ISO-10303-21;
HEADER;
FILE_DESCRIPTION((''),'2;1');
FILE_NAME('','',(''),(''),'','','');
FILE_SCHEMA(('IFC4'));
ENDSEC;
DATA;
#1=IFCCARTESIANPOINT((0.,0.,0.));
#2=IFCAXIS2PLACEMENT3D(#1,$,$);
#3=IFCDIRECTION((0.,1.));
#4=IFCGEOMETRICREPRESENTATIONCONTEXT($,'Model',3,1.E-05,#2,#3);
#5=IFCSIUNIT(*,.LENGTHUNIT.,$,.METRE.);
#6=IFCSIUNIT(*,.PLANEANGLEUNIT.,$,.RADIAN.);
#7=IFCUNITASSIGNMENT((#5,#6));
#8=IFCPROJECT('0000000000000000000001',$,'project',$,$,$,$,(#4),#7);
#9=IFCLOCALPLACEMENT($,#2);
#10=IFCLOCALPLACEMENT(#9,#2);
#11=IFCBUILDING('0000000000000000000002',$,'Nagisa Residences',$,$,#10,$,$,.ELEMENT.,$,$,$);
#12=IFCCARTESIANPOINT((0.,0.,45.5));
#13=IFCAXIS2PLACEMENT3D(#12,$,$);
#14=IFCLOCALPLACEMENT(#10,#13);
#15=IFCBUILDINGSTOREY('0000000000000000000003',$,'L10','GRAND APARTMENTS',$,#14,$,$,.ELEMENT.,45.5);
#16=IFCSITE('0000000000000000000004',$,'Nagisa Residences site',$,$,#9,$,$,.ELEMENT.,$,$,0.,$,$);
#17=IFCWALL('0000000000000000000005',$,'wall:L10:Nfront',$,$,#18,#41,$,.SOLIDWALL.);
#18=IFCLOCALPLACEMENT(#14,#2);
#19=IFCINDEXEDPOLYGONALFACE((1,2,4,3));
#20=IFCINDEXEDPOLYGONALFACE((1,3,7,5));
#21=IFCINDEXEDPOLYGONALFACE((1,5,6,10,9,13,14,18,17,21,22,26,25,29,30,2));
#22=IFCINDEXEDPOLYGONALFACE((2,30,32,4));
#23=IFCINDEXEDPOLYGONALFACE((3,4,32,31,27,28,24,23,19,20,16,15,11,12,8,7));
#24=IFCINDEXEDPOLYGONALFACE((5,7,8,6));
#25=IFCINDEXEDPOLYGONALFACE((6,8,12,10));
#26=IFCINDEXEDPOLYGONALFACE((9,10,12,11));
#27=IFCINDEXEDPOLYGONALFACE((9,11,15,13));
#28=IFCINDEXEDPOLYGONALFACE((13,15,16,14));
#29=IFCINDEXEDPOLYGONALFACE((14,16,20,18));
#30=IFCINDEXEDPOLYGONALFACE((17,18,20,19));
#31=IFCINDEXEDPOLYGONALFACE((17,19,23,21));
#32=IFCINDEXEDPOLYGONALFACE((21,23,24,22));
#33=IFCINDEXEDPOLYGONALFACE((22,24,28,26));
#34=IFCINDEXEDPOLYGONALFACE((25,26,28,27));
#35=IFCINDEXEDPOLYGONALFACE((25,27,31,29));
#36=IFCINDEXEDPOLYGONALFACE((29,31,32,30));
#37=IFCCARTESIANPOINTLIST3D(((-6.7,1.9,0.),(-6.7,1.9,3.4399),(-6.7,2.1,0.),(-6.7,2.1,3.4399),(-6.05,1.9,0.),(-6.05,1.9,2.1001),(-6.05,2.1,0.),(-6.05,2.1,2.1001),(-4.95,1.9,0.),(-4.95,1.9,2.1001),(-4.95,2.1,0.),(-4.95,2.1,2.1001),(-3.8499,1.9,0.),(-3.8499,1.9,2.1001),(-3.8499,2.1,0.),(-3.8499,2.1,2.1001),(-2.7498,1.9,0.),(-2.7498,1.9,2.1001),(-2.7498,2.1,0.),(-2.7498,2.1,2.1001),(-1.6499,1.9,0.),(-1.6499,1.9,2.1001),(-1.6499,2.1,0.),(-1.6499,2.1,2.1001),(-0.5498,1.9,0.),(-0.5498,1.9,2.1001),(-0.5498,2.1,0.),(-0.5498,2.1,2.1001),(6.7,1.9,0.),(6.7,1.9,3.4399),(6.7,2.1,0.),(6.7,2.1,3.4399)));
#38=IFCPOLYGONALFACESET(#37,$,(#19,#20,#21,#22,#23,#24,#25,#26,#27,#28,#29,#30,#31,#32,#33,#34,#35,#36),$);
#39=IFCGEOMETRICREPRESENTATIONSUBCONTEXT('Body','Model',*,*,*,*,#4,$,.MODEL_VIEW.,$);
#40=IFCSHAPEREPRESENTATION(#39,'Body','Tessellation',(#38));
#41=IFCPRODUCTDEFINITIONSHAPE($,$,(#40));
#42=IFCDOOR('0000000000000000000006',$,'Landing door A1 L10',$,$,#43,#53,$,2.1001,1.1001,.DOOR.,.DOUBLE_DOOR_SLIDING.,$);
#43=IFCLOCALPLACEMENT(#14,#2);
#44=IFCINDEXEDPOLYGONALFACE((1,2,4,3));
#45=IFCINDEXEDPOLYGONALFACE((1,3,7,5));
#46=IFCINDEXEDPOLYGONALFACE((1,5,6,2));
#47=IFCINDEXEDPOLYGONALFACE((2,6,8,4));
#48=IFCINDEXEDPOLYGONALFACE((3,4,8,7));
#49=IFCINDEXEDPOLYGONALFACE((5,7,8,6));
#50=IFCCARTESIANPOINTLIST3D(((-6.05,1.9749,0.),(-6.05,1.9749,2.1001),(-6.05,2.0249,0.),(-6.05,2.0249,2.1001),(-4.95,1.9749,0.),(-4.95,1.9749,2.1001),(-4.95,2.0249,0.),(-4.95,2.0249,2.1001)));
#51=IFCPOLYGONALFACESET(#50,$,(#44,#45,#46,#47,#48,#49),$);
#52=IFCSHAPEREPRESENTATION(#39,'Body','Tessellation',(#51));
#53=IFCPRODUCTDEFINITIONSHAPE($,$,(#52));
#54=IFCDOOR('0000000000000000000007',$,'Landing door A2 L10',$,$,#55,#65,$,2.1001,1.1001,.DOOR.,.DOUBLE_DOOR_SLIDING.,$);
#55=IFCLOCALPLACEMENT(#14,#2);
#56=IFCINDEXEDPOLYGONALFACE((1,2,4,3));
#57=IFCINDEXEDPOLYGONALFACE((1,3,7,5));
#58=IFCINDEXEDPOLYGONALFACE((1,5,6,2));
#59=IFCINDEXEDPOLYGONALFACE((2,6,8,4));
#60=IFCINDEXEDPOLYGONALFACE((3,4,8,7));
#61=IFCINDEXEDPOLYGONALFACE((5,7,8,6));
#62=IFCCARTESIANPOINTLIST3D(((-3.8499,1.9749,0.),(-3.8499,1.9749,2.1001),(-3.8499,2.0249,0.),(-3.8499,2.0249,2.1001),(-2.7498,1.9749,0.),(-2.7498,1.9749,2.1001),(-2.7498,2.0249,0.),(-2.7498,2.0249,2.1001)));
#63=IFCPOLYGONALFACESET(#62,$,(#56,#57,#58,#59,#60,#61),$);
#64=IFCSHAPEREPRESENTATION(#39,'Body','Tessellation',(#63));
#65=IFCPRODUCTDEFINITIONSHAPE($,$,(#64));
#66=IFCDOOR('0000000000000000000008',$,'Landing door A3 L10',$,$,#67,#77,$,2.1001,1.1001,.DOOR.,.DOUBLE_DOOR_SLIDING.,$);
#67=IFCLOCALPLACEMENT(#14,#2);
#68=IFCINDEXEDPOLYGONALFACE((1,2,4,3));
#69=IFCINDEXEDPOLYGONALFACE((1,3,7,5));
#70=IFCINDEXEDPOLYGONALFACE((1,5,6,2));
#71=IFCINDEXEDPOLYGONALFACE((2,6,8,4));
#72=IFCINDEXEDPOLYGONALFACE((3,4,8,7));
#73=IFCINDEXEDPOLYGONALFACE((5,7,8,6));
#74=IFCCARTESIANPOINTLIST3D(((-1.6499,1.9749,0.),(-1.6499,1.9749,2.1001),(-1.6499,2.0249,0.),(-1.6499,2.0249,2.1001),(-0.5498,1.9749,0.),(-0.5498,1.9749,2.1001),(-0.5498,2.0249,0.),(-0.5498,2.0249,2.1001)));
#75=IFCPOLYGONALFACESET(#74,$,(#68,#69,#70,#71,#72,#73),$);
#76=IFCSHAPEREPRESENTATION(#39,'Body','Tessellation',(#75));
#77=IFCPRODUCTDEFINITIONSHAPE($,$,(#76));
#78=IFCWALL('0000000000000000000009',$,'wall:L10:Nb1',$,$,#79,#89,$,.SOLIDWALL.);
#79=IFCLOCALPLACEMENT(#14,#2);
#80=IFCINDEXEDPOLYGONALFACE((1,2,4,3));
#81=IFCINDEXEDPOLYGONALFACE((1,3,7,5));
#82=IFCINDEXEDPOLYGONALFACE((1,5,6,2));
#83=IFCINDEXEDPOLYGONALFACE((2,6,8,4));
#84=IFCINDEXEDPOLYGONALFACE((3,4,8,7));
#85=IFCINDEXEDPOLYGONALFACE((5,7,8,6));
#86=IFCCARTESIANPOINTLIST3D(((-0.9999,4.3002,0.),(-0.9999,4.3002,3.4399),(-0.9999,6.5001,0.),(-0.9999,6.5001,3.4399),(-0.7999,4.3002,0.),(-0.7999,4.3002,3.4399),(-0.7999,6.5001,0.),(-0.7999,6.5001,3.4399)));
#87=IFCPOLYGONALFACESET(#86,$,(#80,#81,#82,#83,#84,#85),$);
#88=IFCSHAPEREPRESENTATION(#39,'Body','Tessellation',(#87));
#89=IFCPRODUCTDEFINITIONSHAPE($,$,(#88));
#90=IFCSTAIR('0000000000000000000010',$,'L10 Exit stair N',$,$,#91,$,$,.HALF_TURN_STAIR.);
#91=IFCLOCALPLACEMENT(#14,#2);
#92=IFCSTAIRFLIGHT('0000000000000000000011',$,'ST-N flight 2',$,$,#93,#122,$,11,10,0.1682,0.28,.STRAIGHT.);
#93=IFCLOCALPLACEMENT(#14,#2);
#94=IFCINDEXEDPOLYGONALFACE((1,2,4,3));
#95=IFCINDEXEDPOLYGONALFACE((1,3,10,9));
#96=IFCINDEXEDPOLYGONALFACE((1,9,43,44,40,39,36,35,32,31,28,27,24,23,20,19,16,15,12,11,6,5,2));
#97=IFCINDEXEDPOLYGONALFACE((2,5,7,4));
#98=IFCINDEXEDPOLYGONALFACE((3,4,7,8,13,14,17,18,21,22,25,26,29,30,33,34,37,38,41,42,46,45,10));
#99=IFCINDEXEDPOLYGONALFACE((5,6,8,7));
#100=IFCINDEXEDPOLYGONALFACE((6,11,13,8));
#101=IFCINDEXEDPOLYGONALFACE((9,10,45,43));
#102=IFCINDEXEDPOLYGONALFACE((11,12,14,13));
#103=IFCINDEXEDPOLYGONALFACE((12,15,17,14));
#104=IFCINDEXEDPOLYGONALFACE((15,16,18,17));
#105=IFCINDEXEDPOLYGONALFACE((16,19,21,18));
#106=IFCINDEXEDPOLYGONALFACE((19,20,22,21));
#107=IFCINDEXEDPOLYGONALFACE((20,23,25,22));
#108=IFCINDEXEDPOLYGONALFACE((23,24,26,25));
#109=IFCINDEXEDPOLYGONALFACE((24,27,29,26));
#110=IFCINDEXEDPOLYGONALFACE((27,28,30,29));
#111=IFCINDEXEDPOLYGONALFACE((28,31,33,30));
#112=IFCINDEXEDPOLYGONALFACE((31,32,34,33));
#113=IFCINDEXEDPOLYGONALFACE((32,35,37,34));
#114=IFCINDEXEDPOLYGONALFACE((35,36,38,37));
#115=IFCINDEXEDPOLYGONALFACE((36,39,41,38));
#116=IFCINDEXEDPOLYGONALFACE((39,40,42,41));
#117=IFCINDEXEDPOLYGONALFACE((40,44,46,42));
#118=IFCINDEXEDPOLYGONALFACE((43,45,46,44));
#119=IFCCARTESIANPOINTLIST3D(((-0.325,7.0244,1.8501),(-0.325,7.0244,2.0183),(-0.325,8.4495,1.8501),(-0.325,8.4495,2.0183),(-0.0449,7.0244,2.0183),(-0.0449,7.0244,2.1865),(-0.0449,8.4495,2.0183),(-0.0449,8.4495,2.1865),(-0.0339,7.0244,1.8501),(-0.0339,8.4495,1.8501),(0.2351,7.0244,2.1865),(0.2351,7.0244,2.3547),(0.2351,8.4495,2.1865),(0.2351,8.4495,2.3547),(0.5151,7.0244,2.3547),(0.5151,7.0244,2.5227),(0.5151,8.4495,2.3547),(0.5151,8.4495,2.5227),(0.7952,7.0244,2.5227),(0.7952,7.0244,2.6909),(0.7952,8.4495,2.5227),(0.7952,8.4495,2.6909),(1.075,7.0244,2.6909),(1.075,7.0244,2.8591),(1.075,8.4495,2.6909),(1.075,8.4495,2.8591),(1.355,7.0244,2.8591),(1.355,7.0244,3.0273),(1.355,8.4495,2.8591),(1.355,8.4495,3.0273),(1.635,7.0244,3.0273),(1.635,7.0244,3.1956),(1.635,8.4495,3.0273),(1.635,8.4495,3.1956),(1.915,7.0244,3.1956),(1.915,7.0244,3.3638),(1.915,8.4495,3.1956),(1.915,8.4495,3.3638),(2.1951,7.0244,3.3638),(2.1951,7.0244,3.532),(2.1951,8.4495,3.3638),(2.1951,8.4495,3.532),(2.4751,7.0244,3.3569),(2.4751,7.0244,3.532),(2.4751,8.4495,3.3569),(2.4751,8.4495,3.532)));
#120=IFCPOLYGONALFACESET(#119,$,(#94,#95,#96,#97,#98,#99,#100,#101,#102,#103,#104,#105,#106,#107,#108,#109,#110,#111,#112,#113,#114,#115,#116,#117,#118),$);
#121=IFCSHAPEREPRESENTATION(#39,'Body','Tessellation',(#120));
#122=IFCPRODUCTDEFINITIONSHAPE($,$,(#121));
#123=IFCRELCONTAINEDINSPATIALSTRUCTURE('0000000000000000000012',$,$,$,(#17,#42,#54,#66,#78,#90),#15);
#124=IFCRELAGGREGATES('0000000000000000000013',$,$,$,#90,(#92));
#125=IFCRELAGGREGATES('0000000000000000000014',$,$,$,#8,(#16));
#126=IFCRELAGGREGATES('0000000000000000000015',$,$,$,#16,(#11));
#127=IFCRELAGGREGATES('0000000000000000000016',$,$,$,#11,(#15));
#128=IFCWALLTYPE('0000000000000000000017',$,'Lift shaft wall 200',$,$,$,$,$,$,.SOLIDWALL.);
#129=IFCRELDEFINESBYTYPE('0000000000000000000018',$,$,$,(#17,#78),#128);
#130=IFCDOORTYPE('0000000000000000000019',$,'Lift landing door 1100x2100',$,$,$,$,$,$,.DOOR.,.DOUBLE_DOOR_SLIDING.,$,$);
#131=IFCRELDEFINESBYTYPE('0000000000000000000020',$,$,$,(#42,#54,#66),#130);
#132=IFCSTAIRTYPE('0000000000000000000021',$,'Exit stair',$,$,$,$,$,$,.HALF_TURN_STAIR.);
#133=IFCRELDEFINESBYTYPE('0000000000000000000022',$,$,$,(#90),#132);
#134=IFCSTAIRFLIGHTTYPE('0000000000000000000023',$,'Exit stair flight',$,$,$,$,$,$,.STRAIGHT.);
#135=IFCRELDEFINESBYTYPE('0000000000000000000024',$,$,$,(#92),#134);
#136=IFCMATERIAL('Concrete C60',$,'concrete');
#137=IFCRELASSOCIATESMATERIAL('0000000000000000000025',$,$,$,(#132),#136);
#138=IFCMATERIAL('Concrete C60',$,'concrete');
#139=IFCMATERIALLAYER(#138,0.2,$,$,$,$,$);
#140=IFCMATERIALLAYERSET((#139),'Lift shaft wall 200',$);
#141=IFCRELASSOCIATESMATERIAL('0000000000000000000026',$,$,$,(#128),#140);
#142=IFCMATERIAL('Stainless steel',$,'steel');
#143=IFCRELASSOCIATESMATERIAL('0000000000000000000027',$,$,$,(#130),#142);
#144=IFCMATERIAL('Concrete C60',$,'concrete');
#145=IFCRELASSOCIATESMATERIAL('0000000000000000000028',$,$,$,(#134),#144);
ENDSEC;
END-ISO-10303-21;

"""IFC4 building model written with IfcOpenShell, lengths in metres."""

from ifc_helpers import new_model, si_unit, direction, frame, frame_2d, origin, place, context, subcontext, project, spatial, polyline, rectangle, outline, extrude, material, layer, layer_set, type_object, element, fill, aggregate, save


model = new_model("IFC4")

# Units and contexts
model_context = context("Model", 3, precision=1e-05, world=origin(), true_north=direction((0.0, 1.0)))
body_context = subcontext(model_context, "Body", "Model", "MODEL_VIEW")
ifc_project = project(units=[si_unit("LENGTHUNIT", "METRE"), si_unit("PLANEANGLEUNIT", "RADIAN")], contexts=[model_context])

# Site, building, storey
site_placement = place(None, origin())
site = spatial("IfcSite", under=ifc_project, at=site_placement, Name="Nagisa Residences site", CompositionType="ELEMENT", RefElevation=0.0)
building_placement = place(site_placement, origin())
building = spatial("IfcBuilding", under=site, at=building_placement, Name="Nagisa Residences", CompositionType="ELEMENT")
storey_placement = place(building_placement, frame((0.0, 0.0, 45.5)))
storey = spatial("IfcBuildingStorey", under=building, at=storey_placement, Name="L10", Description="GRAND APARTMENTS", CompositionType="ELEMENT", Elevation=45.5)

# Shared definitions
ifc_material_1 = material(Name="Concrete C60", Category="concrete")
stair_type = type_object("IfcStairType", Name="Exit stair", PredefinedType="HALF_TURN_STAIR", material=ifc_material_1)

# Shared definitions
ifc_material_2 = material(Name="Concrete C60", Category="concrete")
ifc_layer_1 = layer(ifc_material_2, 0.2)
ifc_layer_set_1 = layer_set([ifc_layer_1], Name="Lift shaft wall 200")
wall_type_1 = type_object("IfcWallType", Name="Lift shaft wall 200", PredefinedType="SOLIDWALL", material=ifc_layer_set_1)
ifc_material_3 = material(Name="Stainless steel", Category="steel")
door_type_1 = type_object("IfcDoorType", Name="Lift landing door 1100x2100", OperationType="DOUBLE_DOOR_SLIDING", PredefinedType="DOOR", material=ifc_material_3)

# Wall, openings, doors
wall_1_placement = place(storey_placement, frame((-6.7, 2.0, 0.0), z_axis=(0.0, 0.0, 1.0), x_axis=(1.0, 0.0, 0.0)))
wall_1 = element("IfcWall", 1, at=wall_1_placement, inside=storey, type_object=wall_type_1, Name="wall:L10:Nfront", PredefinedType="SOLIDWALL", context=body_context, shape_type="SweptSolid", body=[
    extrude(rectangle(XDim=13.3999, YDim=0.2, at=frame_2d((6.7, 0.0))), origin(), (0.0, 0.0, 1.0), 3.4399),
])
opening_1_placement = place(wall_1_placement, frame((0.6499, 0.0, 0.0)))
opening_1 = element("IfcOpeningElement", 2, at=opening_1_placement, cuts=wall_1, PredefinedType="OPENING", context=body_context, shape_type="SweptSolid", body=[
    extrude(rectangle(XDim=1.1001, YDim=2.1001, at=frame_2d((0.55, 1.05))), frame((0.0, 0.1099, 0.0), z_axis=(0.0, -1.0, 0.0), x_axis=(1.0, 0.0, 0.0)), (0.0, 0.0, 1.0), 0.22),
])
opening_2_placement = place(wall_1_placement, frame((2.8501, 0.0, 0.0)))
opening_2 = element("IfcOpeningElement", 3, at=opening_2_placement, cuts=wall_1, PredefinedType="OPENING", context=body_context, shape_type="SweptSolid", body=[
    extrude(rectangle(XDim=1.1001, YDim=2.1001, at=frame_2d((0.55, 1.05))), frame((0.0, 0.1099, 0.0), z_axis=(0.0, -1.0, 0.0), x_axis=(1.0, 0.0, 0.0)), (0.0, 0.0, 1.0), 0.22),
])
opening_3_placement = place(wall_1_placement, frame((5.05, 0.0, 0.0)))
opening_3 = element("IfcOpeningElement", 4, at=opening_3_placement, cuts=wall_1, PredefinedType="OPENING", context=body_context, shape_type="SweptSolid", body=[
    extrude(rectangle(XDim=1.1001, YDim=2.1001, at=frame_2d((0.55, 1.05))), frame((0.0, 0.1099, 0.0), z_axis=(0.0, -1.0, 0.0), x_axis=(1.0, 0.0, 0.0)), (0.0, 0.0, 1.0), 0.22),
])
door_1_placement = place(opening_1_placement, origin())
door_1 = element("IfcDoor", 5, at=door_1_placement, inside=storey, type_object=door_type_1, Name="Landing door A1 L10", OperationType="DOUBLE_DOOR_SLIDING", OverallHeight=2.1001, OverallWidth=1.1001, PredefinedType="DOOR", context=body_context, shape_type="SweptSolid", body=[
    extrude(rectangle(XDim=1.1001, YDim=2.1001, at=frame_2d((0.55, 1.05))), frame((0.0, 0.0249, 0.0), z_axis=(0.0, -1.0, 0.0), x_axis=(1.0, 0.0, 0.0)), (0.0, 0.0, 1.0), 0.05),
])
fill(opening_1, door_1)
door_2_placement = place(opening_2_placement, origin())
door_2 = element("IfcDoor", 6, at=door_2_placement, inside=storey, type_object=door_type_1, Name="Landing door A2 L10", OperationType="DOUBLE_DOOR_SLIDING", OverallHeight=2.1001, OverallWidth=1.1001, PredefinedType="DOOR", context=body_context, shape_type="SweptSolid", body=[
    extrude(rectangle(XDim=1.1001, YDim=2.1001, at=frame_2d((0.55, 1.05))), frame((0.0, 0.0249, 0.0), z_axis=(0.0, -1.0, 0.0), x_axis=(1.0, 0.0, 0.0)), (0.0, 0.0, 1.0), 0.05),
])
fill(opening_2, door_2)
door_3_placement = place(opening_3_placement, origin())
door_3 = element("IfcDoor", 7, at=door_3_placement, inside=storey, type_object=door_type_1, Name="Landing door A3 L10", OperationType="DOUBLE_DOOR_SLIDING", OverallHeight=2.1001, OverallWidth=1.1001, PredefinedType="DOOR", context=body_context, shape_type="SweptSolid", body=[
    extrude(rectangle(XDim=1.1001, YDim=2.1001, at=frame_2d((0.55, 1.05))), frame((0.0, 0.0249, 0.0), z_axis=(0.0, -1.0, 0.0), x_axis=(1.0, 0.0, 0.0)), (0.0, 0.0, 1.0), 0.05),
])
fill(opening_3, door_3)

# Wall
wall_2_placement = place(storey_placement, frame((-0.8999, 4.3, 0.0), z_axis=(0.0, 0.0, 1.0), x_axis=(0.0, 1.0, 0.0)))
element("IfcWall", 8, at=wall_2_placement, inside=storey, type_object=wall_type_1, Name="wall:L10:Nb1", PredefinedType="SOLIDWALL", context=body_context, shape_type="SweptSolid", body=[
    extrude(rectangle(XDim=2.2, YDim=0.2, at=frame_2d((1.1001, 0.0))), origin(), (0.0, 0.0, 1.0), 3.4399),
])

# Stair, stair flight
stair_1_placement = place(storey_placement, origin())
stair_1 = element("IfcStair", 9, at=stair_1_placement, inside=storey, type_object=stair_type, Name="L10 Exit stair N", PredefinedType="HALF_TURN_STAIR")
ifc_material_4 = material(Name="Concrete C60", Category="concrete")
stair_flight_type = type_object("IfcStairFlightType", Name="Exit stair flight", PredefinedType="STRAIGHT", material=ifc_material_4)
stair_flight_placement = place(storey_placement, frame((-0.325, 7.7371, 1.8501), z_axis=(0.0, 0.0, 1.0), x_axis=(1.0, 0.0, 0.0)))
stair_flight = element("IfcStairFlight", 10, at=stair_flight_placement, type_object=stair_flight_type, Name="ST-N flight 2", NumberOfRisers=11, NumberOfTreads=10, PredefinedType="STRAIGHT", RiserHeight=0.1682, TreadLength=0.28, context=body_context, shape_type="SweptSolid", body=[
    extrude(outline(polyline([(0.0, 0.0), (0.0, 0.1682), (0.28, 0.1682), (0.28, 0.3364), (0.5601, 0.3364), (0.5601, 0.5046), (0.8401, 0.5046), (0.8401, 0.6726), (1.1201, 0.6726), (1.1201, 0.8408), (1.3999, 0.8408), (1.3999, 1.009), (1.6799, 1.009), (1.6799, 1.1772), (1.96, 1.1772), (1.96, 1.3455), (2.24, 1.3455), (2.24, 1.5137), (2.52, 1.5137), (2.52, 1.6819), (2.8, 1.6819), (2.8, 1.8501), (2.8, 1.5068), (0.291, 0.0), (0.0, 0.0)])), frame((0.0, 0.7124, 0.0), z_axis=(0.0, -1.0, 0.0), x_axis=(1.0, 0.0, 0.0)), (0.0, 0.0, 1.0), 1.425),
])
aggregate(stair_1, [stair_flight])

save(model, "model.ifc")
